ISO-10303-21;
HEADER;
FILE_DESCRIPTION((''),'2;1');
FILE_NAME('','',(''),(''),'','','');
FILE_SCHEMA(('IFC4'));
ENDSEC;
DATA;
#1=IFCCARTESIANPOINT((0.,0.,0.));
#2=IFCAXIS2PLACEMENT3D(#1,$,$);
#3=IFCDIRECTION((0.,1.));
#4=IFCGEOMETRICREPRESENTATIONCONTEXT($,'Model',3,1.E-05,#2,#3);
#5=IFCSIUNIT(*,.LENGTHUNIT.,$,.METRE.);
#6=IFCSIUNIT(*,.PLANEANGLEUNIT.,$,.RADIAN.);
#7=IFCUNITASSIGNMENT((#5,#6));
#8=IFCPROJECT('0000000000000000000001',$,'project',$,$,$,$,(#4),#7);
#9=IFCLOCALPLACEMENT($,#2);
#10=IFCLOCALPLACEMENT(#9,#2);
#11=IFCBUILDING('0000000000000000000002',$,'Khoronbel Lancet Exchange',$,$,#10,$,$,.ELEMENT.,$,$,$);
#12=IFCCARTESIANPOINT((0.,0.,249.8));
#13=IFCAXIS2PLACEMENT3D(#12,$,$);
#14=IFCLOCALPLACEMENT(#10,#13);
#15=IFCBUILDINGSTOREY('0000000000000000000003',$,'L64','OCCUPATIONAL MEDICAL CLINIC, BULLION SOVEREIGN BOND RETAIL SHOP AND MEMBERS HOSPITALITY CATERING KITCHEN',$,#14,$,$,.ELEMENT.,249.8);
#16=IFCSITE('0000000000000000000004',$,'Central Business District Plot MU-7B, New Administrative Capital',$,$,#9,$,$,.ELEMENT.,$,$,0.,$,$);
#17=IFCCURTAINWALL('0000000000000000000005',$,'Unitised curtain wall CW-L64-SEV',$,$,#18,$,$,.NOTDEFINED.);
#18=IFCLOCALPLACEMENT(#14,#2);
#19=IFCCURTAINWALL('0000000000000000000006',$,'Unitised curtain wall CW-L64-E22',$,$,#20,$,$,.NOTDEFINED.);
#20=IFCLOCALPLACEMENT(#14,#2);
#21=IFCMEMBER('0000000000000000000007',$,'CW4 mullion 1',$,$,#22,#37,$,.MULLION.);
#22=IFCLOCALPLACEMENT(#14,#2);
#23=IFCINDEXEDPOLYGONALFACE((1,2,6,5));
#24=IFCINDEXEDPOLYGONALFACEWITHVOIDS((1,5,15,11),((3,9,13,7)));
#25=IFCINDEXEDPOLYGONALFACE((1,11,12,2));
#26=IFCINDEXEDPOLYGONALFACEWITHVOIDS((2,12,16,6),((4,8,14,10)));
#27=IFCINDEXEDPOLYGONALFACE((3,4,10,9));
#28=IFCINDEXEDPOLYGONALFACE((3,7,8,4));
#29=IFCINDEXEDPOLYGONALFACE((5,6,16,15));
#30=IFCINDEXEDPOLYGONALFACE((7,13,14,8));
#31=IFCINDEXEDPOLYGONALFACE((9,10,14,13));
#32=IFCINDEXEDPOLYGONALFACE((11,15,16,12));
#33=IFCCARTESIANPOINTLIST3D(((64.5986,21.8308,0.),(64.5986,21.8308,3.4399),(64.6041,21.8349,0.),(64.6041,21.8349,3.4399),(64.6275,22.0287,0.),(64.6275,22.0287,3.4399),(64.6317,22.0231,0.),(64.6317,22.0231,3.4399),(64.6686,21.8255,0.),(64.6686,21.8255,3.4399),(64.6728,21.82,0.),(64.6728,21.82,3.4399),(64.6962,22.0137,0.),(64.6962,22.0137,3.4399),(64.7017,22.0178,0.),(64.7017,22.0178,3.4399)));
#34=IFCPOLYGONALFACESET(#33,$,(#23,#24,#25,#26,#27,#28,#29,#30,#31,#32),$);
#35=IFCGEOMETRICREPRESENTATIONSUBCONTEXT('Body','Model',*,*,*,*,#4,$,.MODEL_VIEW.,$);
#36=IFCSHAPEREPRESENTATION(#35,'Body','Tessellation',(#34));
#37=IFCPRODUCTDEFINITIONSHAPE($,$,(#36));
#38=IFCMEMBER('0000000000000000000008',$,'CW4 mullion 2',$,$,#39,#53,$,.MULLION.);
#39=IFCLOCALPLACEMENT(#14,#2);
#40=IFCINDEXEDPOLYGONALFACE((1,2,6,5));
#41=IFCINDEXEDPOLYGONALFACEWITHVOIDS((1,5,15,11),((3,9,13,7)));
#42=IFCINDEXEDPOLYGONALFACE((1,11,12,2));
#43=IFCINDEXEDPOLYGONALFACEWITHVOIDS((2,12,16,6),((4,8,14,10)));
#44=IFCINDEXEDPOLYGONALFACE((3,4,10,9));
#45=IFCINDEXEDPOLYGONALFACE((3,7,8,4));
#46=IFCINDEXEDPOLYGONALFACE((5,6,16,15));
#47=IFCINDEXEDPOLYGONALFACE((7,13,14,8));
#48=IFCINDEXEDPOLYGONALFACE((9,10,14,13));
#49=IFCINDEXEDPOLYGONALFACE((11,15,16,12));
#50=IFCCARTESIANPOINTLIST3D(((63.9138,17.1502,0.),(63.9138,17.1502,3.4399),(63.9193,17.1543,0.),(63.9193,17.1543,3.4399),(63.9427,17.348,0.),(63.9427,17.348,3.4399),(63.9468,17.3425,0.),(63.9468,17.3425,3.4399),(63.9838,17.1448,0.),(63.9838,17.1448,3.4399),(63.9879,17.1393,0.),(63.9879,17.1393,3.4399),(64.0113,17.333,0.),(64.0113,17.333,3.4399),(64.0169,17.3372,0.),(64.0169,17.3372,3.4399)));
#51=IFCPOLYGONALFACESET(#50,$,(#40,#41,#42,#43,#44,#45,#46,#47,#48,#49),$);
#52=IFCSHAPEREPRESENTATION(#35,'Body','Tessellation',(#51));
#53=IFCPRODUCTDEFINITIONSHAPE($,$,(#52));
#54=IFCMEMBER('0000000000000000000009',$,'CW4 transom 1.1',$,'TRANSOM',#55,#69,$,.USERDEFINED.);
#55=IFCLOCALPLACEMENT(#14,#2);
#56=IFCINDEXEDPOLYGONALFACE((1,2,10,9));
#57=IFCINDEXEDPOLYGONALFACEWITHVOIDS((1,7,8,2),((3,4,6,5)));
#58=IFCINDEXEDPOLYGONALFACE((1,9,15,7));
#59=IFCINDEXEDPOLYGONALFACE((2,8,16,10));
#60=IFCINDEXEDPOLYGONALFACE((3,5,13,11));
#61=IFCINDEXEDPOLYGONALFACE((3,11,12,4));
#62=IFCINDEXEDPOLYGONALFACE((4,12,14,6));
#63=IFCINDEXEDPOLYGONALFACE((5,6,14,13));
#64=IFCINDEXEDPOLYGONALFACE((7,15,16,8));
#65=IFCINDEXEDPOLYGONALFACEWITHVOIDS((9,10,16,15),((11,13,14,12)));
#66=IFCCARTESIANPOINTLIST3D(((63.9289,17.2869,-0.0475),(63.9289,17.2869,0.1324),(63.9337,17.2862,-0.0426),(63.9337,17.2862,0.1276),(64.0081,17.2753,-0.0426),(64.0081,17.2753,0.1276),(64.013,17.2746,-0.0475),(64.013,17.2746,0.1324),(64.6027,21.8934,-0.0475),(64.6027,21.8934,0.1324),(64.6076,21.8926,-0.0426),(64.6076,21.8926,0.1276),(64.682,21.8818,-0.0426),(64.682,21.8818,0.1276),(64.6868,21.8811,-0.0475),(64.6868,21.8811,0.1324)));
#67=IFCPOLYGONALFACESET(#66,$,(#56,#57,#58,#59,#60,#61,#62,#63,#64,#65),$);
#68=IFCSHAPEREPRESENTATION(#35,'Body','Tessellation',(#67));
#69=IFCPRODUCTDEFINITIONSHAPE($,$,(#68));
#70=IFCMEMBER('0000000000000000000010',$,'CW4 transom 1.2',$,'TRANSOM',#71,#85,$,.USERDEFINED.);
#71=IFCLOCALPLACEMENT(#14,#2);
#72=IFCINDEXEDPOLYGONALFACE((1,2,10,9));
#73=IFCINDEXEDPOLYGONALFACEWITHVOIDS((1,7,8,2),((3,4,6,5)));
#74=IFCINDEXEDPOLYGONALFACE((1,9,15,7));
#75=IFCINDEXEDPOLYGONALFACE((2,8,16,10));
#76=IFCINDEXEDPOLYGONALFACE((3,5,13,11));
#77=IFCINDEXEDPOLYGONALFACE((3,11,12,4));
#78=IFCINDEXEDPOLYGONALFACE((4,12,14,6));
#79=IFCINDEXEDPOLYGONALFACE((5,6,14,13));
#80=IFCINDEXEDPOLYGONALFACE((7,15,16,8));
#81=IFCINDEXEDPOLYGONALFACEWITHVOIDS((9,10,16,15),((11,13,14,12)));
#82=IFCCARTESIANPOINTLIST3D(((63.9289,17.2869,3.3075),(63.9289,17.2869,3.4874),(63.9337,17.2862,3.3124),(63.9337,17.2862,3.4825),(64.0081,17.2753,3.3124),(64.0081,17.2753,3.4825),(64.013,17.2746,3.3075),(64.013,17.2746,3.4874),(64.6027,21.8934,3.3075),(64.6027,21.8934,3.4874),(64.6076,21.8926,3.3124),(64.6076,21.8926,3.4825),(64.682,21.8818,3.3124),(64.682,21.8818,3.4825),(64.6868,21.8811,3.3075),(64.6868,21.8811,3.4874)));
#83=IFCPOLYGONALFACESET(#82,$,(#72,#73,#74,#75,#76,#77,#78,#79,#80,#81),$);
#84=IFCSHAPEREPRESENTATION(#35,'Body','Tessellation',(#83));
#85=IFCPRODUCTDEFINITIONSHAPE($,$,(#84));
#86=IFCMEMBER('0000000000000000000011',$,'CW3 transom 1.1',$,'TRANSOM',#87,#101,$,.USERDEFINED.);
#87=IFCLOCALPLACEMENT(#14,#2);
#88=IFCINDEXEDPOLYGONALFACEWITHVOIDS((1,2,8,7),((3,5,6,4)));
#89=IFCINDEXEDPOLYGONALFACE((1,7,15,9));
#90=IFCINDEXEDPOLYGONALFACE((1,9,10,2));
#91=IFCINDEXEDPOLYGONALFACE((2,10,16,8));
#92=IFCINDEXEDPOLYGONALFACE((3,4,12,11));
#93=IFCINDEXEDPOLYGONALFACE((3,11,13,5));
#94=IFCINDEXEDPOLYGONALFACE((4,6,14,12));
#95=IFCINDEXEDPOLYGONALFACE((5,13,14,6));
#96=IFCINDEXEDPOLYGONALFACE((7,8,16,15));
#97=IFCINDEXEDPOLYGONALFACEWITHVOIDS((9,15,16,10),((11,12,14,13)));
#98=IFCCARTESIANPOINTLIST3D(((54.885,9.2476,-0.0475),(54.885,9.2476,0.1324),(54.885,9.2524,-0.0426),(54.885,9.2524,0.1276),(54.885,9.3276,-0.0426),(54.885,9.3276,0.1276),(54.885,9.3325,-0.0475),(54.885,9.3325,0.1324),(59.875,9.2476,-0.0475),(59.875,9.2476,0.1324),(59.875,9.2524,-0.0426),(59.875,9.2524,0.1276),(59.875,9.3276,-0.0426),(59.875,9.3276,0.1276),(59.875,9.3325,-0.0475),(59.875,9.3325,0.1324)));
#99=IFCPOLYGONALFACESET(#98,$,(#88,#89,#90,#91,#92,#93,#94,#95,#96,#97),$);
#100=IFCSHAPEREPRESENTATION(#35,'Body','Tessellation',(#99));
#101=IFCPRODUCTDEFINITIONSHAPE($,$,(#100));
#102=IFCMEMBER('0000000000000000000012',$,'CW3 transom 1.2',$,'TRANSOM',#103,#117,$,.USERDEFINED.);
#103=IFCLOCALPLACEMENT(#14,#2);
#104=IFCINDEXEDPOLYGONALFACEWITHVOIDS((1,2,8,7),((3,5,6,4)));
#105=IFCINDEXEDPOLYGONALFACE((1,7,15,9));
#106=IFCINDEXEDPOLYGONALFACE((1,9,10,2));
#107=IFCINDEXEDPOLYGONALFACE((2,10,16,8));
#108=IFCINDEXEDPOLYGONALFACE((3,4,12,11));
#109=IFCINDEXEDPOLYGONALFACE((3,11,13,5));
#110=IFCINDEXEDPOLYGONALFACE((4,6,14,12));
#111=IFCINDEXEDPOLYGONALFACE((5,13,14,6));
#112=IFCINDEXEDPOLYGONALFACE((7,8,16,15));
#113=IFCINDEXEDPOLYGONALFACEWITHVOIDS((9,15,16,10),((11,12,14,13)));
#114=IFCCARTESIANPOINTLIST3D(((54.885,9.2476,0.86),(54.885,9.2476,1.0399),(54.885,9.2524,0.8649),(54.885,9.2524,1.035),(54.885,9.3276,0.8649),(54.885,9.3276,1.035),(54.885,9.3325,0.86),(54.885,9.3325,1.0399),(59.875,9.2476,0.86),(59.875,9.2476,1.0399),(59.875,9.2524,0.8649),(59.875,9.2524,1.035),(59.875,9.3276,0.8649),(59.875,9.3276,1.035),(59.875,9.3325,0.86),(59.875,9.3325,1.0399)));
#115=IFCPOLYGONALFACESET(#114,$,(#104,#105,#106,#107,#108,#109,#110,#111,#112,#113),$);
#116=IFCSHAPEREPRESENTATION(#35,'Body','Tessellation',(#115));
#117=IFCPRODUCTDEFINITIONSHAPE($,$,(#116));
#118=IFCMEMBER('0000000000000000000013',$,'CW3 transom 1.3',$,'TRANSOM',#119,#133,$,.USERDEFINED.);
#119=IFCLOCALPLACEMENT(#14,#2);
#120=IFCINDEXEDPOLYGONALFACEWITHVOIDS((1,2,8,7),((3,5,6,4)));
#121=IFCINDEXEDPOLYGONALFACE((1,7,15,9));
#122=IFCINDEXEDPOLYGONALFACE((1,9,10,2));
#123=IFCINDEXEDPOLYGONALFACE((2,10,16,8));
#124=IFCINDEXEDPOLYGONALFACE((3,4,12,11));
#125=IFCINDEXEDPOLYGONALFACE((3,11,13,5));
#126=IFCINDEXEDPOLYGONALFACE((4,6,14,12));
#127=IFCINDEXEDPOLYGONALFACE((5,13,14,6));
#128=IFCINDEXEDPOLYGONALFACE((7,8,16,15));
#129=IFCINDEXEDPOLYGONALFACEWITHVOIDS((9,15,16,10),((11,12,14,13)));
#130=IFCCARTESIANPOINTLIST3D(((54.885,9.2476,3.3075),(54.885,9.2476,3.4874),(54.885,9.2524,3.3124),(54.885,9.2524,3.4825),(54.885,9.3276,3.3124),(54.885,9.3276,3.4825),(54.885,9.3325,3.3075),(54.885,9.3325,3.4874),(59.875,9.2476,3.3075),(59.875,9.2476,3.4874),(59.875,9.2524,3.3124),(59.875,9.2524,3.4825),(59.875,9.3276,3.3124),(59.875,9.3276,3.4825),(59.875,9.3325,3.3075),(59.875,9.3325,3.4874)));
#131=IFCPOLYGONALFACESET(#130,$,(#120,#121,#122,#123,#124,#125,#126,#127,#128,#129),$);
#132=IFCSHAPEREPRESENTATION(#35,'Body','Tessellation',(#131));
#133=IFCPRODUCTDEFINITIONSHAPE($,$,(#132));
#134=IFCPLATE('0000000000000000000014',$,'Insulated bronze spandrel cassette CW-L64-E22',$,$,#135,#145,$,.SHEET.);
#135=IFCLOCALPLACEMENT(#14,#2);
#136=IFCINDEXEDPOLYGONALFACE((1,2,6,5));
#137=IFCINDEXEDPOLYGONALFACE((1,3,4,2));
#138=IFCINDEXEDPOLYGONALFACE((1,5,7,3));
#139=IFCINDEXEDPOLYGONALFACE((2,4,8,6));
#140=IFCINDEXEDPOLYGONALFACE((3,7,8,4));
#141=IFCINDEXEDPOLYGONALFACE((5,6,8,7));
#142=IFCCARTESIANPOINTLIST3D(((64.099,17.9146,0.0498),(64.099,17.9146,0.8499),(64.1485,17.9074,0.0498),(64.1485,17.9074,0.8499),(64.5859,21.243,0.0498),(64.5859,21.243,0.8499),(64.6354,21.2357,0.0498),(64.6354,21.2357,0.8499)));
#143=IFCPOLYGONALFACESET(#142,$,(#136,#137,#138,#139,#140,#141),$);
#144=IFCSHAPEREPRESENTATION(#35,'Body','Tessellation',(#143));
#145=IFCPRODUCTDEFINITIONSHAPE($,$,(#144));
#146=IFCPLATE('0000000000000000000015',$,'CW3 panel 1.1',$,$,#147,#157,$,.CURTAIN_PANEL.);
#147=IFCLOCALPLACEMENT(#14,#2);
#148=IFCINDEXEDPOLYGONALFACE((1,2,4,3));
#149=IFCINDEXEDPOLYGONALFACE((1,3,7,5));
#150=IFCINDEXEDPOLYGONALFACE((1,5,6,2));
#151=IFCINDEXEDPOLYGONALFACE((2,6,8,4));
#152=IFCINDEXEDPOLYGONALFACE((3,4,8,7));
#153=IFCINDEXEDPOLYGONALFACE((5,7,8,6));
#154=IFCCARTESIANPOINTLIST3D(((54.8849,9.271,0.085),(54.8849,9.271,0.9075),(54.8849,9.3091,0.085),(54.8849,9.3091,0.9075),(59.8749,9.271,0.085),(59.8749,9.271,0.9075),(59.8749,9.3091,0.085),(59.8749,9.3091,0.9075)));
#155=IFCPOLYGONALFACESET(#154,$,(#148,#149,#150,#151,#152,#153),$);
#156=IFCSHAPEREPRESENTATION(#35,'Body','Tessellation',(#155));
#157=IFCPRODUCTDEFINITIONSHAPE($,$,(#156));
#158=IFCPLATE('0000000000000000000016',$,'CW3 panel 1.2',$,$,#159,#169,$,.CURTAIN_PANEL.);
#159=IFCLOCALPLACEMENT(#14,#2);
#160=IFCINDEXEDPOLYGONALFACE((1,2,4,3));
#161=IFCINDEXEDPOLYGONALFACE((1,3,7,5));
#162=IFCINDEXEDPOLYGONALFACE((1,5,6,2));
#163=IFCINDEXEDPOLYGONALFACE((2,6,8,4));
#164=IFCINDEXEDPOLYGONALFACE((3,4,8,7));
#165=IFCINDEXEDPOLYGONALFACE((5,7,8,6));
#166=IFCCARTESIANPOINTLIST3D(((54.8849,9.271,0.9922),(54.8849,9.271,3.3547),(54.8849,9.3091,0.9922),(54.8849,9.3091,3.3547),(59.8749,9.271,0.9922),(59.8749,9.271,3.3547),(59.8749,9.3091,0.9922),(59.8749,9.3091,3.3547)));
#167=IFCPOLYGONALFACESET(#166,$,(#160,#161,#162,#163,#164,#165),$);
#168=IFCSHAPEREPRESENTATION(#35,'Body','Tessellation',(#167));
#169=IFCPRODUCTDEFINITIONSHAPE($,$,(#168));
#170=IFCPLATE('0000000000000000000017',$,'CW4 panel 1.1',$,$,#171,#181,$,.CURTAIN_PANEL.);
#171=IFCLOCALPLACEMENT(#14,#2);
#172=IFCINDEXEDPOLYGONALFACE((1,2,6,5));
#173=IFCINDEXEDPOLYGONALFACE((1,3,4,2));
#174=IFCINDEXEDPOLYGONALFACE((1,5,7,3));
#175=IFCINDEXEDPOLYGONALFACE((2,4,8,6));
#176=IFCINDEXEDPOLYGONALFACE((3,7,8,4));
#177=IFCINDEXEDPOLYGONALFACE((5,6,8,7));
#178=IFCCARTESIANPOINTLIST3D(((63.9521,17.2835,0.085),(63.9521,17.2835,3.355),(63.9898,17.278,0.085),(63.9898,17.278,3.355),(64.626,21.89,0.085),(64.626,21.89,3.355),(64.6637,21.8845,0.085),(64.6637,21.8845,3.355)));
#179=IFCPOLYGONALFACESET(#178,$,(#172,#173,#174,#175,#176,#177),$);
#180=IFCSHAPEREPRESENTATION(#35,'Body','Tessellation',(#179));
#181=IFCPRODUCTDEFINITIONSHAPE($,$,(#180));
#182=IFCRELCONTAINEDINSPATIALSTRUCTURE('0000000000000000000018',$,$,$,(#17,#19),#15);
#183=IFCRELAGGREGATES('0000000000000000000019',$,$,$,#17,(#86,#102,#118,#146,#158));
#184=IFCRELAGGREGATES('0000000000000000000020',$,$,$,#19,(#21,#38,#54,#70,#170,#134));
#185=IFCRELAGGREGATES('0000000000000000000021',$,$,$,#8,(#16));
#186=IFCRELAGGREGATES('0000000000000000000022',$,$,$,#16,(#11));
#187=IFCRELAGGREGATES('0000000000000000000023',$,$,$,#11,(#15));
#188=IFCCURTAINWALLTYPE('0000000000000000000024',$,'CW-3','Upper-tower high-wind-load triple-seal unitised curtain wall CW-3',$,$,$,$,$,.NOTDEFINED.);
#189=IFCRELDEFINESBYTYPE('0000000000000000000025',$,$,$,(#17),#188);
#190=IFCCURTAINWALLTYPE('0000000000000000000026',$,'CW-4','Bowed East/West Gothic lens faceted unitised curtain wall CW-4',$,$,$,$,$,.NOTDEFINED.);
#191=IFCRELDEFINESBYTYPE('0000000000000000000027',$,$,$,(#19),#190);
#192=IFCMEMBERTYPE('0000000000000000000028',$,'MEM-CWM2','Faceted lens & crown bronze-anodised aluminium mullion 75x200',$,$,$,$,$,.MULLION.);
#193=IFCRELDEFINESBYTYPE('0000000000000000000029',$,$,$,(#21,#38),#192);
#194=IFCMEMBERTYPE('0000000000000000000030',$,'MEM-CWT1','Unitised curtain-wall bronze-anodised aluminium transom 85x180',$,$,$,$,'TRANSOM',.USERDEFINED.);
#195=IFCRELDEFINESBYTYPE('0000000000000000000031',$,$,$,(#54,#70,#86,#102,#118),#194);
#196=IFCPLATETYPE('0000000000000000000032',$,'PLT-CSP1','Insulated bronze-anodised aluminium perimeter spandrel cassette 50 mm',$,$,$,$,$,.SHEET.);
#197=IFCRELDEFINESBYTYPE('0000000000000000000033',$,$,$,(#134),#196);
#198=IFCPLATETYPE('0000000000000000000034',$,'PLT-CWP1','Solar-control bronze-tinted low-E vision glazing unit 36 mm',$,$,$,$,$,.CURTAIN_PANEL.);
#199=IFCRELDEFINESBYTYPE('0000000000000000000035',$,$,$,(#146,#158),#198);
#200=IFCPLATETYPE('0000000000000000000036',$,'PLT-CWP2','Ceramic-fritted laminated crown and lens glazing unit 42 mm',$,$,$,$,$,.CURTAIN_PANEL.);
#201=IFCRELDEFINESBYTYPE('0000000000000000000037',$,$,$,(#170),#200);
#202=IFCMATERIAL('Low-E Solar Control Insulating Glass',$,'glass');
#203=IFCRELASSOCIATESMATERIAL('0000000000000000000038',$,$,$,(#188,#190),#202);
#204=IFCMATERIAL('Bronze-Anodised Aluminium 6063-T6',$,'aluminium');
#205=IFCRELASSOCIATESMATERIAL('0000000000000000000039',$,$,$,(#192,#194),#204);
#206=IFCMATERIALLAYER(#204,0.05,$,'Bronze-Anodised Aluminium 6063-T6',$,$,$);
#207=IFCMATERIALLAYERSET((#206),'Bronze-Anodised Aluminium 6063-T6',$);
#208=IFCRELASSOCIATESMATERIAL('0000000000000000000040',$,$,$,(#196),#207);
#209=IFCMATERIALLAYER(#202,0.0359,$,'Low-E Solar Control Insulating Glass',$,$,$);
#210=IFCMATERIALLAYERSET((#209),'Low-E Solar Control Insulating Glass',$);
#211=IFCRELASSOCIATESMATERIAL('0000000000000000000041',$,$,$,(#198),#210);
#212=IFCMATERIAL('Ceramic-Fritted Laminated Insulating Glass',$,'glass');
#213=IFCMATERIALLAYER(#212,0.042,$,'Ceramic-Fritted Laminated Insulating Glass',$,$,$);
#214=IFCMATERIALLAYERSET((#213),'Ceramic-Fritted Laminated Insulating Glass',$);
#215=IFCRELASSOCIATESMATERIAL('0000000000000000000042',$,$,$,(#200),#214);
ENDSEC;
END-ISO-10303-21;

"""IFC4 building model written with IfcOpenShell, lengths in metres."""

from ifc_helpers import new_model, si_unit, direction, frame, origin, origin_2d, place, context, subcontext, project, spatial, rectangle, hollow_rectangle, extrude, material, layer, layer_set, material_profile, profile_set, type_object, element, aggregate, save


model = new_model("IFC4")

# Units and contexts
model_context = context("Model", 3, precision=1e-05, world=origin(), true_north=direction((0.0, 1.0)))
body_context = subcontext(model_context, "Body", "Model", "MODEL_VIEW")
ifc_project = project(units=[si_unit("LENGTHUNIT", "METRE"), si_unit("PLANEANGLEUNIT", "RADIAN")], contexts=[model_context])

# Site, building, storey
site_placement = place(None, origin())
site = spatial("IfcSite", under=ifc_project, at=site_placement, Name="Central Business District Plot MU-7B, New Administrative Capital", CompositionType="ELEMENT", RefElevation=0.0)
building_placement = place(site_placement, origin())
building = spatial("IfcBuilding", under=site, at=building_placement, Name="Khoronbel Lancet Exchange", CompositionType="ELEMENT")
storey_placement = place(building_placement, frame((0.0, 0.0, 249.8)))
storey = spatial("IfcBuildingStorey", under=building, at=storey_placement, Name="L64", Description="OCCUPATIONAL MEDICAL CLINIC, BULLION SOVEREIGN BOND RETAIL SHOP AND MEMBERS HOSPITALITY CATERING KITCHEN", CompositionType="ELEMENT", Elevation=249.8)

# Shared definitions
ifc_material_1 = material(Name="Low-E Solar Control Insulating Glass", Category="glass")
curtain_wall_type_1 = type_object("IfcCurtainWallType", Name="CW-3", Description="Upper-tower high-wind-load triple-seal unitised curtain wall CW-3", PredefinedType="NOTDEFINED", material=ifc_material_1)
ifc_material_2 = material(Name="Bronze-Anodised Aluminium 6063-T6", Category="aluminium")

# Curtain wall
curtain_wall_1_placement = place(storey_placement, origin())
curtain_wall_1 = element("IfcCurtainWall", 1, at=curtain_wall_1_placement, inside=storey, type_object=curtain_wall_type_1, Name="Unitised curtain wall CW-L64-SEV", PredefinedType="NOTDEFINED")

# Shared definitions
curtain_wall_type_2 = type_object("IfcCurtainWallType", Name="CW-4", Description="Bowed East/West Gothic lens faceted unitised curtain wall CW-4", PredefinedType="NOTDEFINED", material=ifc_material_1)
ifc_material_profile_1 = material_profile(ifc_material_2, hollow_rectangle(XDim=0.075, YDim=0.2, WallThickness=0.0049, at=origin_2d()), Name="ALU MULLION 75x200")
ifc_profile_set_1 = profile_set([ifc_material_profile_1], Name="Bronze-Anodised Aluminium 6063-T6")
member_type_1 = type_object("IfcMemberType", Name="MEM-CWM2", Description="Faceted lens & crown bronze-anodised aluminium mullion 75x200", PredefinedType="MULLION", material=ifc_profile_set_1)

# Curtain wall, members
curtain_wall_2_placement = place(storey_placement, origin())
curtain_wall_2 = element("IfcCurtainWall", 2, at=curtain_wall_2_placement, inside=storey, type_object=curtain_wall_type_2, Name="Unitised curtain wall CW-L64-E22", PredefinedType="NOTDEFINED")
member_1_placement = place(storey_placement, frame((64.6501, 21.9243, 0.0), z_axis=(0.0, 0.0, 1.0), x_axis=(0.989468, -0.144753, 0.0)))
member_1 = element("IfcMember", 3, at=member_1_placement, type_object=member_type_1, Name="CW4 mullion 1", PredefinedType="MULLION", context=body_context, shape_type="SweptSolid", body=[
    extrude(hollow_rectangle(XDim=0.075, YDim=0.2, WallThickness=0.0049, at=origin_2d()), origin(), (0.0, 0.0, 1.0), 3.4399),
])
member_2_placement = place(storey_placement, frame((63.9653, 17.2437, 0.0), z_axis=(0.0, 0.0, 1.0), x_axis=(0.989468, -0.144753, 0.0)))
member_2 = element("IfcMember", 4, at=member_2_placement, type_object=member_type_1, Name="CW4 mullion 2", PredefinedType="MULLION", context=body_context, shape_type="SweptSolid", body=[
    extrude(hollow_rectangle(XDim=0.075, YDim=0.2, WallThickness=0.0049, at=origin_2d()), origin(), (0.0, 0.0, 1.0), 3.4399),
])
ifc_material_profile_2 = material_profile(ifc_material_2, hollow_rectangle(XDim=0.085, YDim=0.1799, WallThickness=0.0049, at=origin_2d()), Name="ALU TRANSOM 85x180")
ifc_profile_set_2 = profile_set([ifc_material_profile_2], Name="Bronze-Anodised Aluminium 6063-T6")
member_type_2 = type_object("IfcMemberType", Name="MEM-CWT1", Description="Unitised curtain-wall bronze-anodised aluminium transom 85x180", ElementType="TRANSOM", PredefinedType="USERDEFINED", material=ifc_profile_set_2)
member_3_placement = place(storey_placement, frame((64.6448, 21.8872, 0.0425), z_axis=(-0.144739, -0.98947, 0.0), x_axis=(0.98947, -0.144739, 0.0)))
member_3 = element("IfcMember", 5, at=member_3_placement, type_object=member_type_2, Name="CW4 transom 1.1", ObjectType="TRANSOM", PredefinedType="USERDEFINED", context=body_context, shape_type="SweptSolid", body=[
    extrude(hollow_rectangle(XDim=0.085, YDim=0.1799, WallThickness=0.0049, at=origin_2d()), origin(), (0.0, 0.0, 1.0), 4.6555),
])
member_4_placement = place(storey_placement, frame((64.6448, 21.8872, 3.3975), z_axis=(-0.144739, -0.98947, 0.0), x_axis=(0.98947, -0.144739, 0.0)))
member_4 = element("IfcMember", 6, at=member_4_placement, type_object=member_type_2, Name="CW4 transom 1.2", ObjectType="TRANSOM", PredefinedType="USERDEFINED", context=body_context, shape_type="SweptSolid", body=[
    extrude(hollow_rectangle(XDim=0.085, YDim=0.1799, WallThickness=0.0049, at=origin_2d()), origin(), (0.0, 0.0, 1.0), 4.6555),
])

# Members
member_5_placement = place(storey_placement, frame((54.885, 9.29, 0.0425), z_axis=(1.0, 0.0, 0.0), x_axis=(0.0, 1.0, 0.0)))
member_5 = element("IfcMember", 7, at=member_5_placement, type_object=member_type_2, Name="CW3 transom 1.1", ObjectType="TRANSOM", PredefinedType="USERDEFINED", context=body_context, shape_type="SweptSolid", body=[
    extrude(hollow_rectangle(XDim=0.085, YDim=0.1799, WallThickness=0.0049, at=origin_2d()), origin(), (0.0, 0.0, 1.0), 4.99),
])
member_6_placement = place(storey_placement, frame((54.885, 9.29, 0.95), z_axis=(1.0, 0.0, 0.0), x_axis=(0.0, 1.0, 0.0)))
member_6 = element("IfcMember", 8, at=member_6_placement, type_object=member_type_2, Name="CW3 transom 1.2", ObjectType="TRANSOM", PredefinedType="USERDEFINED", context=body_context, shape_type="SweptSolid", body=[
    extrude(hollow_rectangle(XDim=0.085, YDim=0.1799, WallThickness=0.0049, at=origin_2d()), origin(), (0.0, 0.0, 1.0), 4.99),
])
member_7_placement = place(storey_placement, frame((54.885, 9.29, 3.3975), z_axis=(1.0, 0.0, 0.0), x_axis=(0.0, 1.0, 0.0)))
member_7 = element("IfcMember", 9, at=member_7_placement, type_object=member_type_2, Name="CW3 transom 1.3", ObjectType="TRANSOM", PredefinedType="USERDEFINED", context=body_context, shape_type="SweptSolid", body=[
    extrude(hollow_rectangle(XDim=0.085, YDim=0.1799, WallThickness=0.0049, at=origin_2d()), origin(), (0.0, 0.0, 1.0), 4.99),
])

# Plates
ifc_layer_1 = layer(ifc_material_2, 0.05, Name="Bronze-Anodised Aluminium 6063-T6")
ifc_layer_set_1 = layer_set([ifc_layer_1], Name="Bronze-Anodised Aluminium 6063-T6")
plate_type_1 = type_object("IfcPlateType", Name="PLT-CSP1", Description="Insulated bronze-anodised aluminium perimeter spandrel cassette 50 mm", PredefinedType="SHEET", material=ifc_layer_set_1)
plate_1_placement = place(storey_placement, frame((64.3672, 19.5752, 0.0498), z_axis=(0.0, 0.0, 1.0), x_axis=(-0.144753, -0.989468, 0.0)))
plate_1 = element("IfcPlate", 10, at=plate_1_placement, type_object=plate_type_1, Name="Insulated bronze spandrel cassette CW-L64-E22", PredefinedType="SHEET", context=body_context, shape_type="SweptSolid", body=[
    extrude(rectangle(XDim=3.3638, YDim=0.05, at=origin_2d()), origin(), (0.0, 0.0, 1.0), 0.8),
])
ifc_layer_2 = layer(ifc_material_1, 0.0359, Name="Low-E Solar Control Insulating Glass")
ifc_layer_set_2 = layer_set([ifc_layer_2], Name="Low-E Solar Control Insulating Glass")
plate_type_2 = type_object("IfcPlateType", Name="PLT-CWP1", Description="Solar-control bronze-tinted low-E vision glazing unit 36 mm", PredefinedType="CURTAIN_PANEL", material=ifc_layer_set_2)
plate_2_placement = place(storey_placement, frame((57.3799, 9.29, 0.085), z_axis=(0.0, 0.0, 1.0), x_axis=(1.0, 0.0, 0.0)))
plate_2 = element("IfcPlate", 11, at=plate_2_placement, type_object=plate_type_2, Name="CW3 panel 1.1", PredefinedType="CURTAIN_PANEL", context=body_context, shape_type="SweptSolid", body=[
    extrude(rectangle(XDim=4.99, YDim=0.0381, at=origin_2d()), origin(), (0.0, 0.0, 1.0), 0.8225),
])
plate_3_placement = place(storey_placement, frame((57.3799, 9.29, 0.9922), z_axis=(0.0, 0.0, 1.0), x_axis=(1.0, 0.0, 0.0)))
plate_3 = element("IfcPlate", 12, at=plate_3_placement, type_object=plate_type_2, Name="CW3 panel 1.2", PredefinedType="CURTAIN_PANEL", context=body_context, shape_type="SweptSolid", body=[
    extrude(rectangle(XDim=4.99, YDim=0.0381, at=origin_2d()), origin(), (0.0, 0.0, 1.0), 2.3625),
])
aggregate(curtain_wall_1, [member_5, member_6, member_7, plate_2, plate_3])
ifc_material_3 = material(Name="Ceramic-Fritted Laminated Insulating Glass", Category="glass")
ifc_layer_3 = layer(ifc_material_3, 0.042, Name="Ceramic-Fritted Laminated Insulating Glass")
ifc_layer_set_3 = layer_set([ifc_layer_3], Name="Ceramic-Fritted Laminated Insulating Glass")
plate_type_3 = type_object("IfcPlateType", Name="PLT-CWP2", Description="Ceramic-fritted laminated crown and lens glazing unit 42 mm", PredefinedType="CURTAIN_PANEL", material=ifc_layer_set_3)
plate_4_placement = place(storey_placement, frame((64.3079, 19.584, 0.085), z_axis=(0.0, 0.0, 1.0), x_axis=(-0.144753, -0.989468, 0.0)))
plate_4 = element("IfcPlate", 13, at=plate_4_placement, type_object=plate_type_3, Name="CW4 panel 1.1", PredefinedType="CURTAIN_PANEL", context=body_context, shape_type="SweptSolid", body=[
    extrude(rectangle(XDim=4.6555, YDim=0.0381, at=origin_2d()), origin(), (0.0, 0.0, 1.0), 3.27),
])
aggregate(curtain_wall_2, [member_1, member_2, member_3, member_4, plate_4, plate_1])

save(model, "model.ifc")
